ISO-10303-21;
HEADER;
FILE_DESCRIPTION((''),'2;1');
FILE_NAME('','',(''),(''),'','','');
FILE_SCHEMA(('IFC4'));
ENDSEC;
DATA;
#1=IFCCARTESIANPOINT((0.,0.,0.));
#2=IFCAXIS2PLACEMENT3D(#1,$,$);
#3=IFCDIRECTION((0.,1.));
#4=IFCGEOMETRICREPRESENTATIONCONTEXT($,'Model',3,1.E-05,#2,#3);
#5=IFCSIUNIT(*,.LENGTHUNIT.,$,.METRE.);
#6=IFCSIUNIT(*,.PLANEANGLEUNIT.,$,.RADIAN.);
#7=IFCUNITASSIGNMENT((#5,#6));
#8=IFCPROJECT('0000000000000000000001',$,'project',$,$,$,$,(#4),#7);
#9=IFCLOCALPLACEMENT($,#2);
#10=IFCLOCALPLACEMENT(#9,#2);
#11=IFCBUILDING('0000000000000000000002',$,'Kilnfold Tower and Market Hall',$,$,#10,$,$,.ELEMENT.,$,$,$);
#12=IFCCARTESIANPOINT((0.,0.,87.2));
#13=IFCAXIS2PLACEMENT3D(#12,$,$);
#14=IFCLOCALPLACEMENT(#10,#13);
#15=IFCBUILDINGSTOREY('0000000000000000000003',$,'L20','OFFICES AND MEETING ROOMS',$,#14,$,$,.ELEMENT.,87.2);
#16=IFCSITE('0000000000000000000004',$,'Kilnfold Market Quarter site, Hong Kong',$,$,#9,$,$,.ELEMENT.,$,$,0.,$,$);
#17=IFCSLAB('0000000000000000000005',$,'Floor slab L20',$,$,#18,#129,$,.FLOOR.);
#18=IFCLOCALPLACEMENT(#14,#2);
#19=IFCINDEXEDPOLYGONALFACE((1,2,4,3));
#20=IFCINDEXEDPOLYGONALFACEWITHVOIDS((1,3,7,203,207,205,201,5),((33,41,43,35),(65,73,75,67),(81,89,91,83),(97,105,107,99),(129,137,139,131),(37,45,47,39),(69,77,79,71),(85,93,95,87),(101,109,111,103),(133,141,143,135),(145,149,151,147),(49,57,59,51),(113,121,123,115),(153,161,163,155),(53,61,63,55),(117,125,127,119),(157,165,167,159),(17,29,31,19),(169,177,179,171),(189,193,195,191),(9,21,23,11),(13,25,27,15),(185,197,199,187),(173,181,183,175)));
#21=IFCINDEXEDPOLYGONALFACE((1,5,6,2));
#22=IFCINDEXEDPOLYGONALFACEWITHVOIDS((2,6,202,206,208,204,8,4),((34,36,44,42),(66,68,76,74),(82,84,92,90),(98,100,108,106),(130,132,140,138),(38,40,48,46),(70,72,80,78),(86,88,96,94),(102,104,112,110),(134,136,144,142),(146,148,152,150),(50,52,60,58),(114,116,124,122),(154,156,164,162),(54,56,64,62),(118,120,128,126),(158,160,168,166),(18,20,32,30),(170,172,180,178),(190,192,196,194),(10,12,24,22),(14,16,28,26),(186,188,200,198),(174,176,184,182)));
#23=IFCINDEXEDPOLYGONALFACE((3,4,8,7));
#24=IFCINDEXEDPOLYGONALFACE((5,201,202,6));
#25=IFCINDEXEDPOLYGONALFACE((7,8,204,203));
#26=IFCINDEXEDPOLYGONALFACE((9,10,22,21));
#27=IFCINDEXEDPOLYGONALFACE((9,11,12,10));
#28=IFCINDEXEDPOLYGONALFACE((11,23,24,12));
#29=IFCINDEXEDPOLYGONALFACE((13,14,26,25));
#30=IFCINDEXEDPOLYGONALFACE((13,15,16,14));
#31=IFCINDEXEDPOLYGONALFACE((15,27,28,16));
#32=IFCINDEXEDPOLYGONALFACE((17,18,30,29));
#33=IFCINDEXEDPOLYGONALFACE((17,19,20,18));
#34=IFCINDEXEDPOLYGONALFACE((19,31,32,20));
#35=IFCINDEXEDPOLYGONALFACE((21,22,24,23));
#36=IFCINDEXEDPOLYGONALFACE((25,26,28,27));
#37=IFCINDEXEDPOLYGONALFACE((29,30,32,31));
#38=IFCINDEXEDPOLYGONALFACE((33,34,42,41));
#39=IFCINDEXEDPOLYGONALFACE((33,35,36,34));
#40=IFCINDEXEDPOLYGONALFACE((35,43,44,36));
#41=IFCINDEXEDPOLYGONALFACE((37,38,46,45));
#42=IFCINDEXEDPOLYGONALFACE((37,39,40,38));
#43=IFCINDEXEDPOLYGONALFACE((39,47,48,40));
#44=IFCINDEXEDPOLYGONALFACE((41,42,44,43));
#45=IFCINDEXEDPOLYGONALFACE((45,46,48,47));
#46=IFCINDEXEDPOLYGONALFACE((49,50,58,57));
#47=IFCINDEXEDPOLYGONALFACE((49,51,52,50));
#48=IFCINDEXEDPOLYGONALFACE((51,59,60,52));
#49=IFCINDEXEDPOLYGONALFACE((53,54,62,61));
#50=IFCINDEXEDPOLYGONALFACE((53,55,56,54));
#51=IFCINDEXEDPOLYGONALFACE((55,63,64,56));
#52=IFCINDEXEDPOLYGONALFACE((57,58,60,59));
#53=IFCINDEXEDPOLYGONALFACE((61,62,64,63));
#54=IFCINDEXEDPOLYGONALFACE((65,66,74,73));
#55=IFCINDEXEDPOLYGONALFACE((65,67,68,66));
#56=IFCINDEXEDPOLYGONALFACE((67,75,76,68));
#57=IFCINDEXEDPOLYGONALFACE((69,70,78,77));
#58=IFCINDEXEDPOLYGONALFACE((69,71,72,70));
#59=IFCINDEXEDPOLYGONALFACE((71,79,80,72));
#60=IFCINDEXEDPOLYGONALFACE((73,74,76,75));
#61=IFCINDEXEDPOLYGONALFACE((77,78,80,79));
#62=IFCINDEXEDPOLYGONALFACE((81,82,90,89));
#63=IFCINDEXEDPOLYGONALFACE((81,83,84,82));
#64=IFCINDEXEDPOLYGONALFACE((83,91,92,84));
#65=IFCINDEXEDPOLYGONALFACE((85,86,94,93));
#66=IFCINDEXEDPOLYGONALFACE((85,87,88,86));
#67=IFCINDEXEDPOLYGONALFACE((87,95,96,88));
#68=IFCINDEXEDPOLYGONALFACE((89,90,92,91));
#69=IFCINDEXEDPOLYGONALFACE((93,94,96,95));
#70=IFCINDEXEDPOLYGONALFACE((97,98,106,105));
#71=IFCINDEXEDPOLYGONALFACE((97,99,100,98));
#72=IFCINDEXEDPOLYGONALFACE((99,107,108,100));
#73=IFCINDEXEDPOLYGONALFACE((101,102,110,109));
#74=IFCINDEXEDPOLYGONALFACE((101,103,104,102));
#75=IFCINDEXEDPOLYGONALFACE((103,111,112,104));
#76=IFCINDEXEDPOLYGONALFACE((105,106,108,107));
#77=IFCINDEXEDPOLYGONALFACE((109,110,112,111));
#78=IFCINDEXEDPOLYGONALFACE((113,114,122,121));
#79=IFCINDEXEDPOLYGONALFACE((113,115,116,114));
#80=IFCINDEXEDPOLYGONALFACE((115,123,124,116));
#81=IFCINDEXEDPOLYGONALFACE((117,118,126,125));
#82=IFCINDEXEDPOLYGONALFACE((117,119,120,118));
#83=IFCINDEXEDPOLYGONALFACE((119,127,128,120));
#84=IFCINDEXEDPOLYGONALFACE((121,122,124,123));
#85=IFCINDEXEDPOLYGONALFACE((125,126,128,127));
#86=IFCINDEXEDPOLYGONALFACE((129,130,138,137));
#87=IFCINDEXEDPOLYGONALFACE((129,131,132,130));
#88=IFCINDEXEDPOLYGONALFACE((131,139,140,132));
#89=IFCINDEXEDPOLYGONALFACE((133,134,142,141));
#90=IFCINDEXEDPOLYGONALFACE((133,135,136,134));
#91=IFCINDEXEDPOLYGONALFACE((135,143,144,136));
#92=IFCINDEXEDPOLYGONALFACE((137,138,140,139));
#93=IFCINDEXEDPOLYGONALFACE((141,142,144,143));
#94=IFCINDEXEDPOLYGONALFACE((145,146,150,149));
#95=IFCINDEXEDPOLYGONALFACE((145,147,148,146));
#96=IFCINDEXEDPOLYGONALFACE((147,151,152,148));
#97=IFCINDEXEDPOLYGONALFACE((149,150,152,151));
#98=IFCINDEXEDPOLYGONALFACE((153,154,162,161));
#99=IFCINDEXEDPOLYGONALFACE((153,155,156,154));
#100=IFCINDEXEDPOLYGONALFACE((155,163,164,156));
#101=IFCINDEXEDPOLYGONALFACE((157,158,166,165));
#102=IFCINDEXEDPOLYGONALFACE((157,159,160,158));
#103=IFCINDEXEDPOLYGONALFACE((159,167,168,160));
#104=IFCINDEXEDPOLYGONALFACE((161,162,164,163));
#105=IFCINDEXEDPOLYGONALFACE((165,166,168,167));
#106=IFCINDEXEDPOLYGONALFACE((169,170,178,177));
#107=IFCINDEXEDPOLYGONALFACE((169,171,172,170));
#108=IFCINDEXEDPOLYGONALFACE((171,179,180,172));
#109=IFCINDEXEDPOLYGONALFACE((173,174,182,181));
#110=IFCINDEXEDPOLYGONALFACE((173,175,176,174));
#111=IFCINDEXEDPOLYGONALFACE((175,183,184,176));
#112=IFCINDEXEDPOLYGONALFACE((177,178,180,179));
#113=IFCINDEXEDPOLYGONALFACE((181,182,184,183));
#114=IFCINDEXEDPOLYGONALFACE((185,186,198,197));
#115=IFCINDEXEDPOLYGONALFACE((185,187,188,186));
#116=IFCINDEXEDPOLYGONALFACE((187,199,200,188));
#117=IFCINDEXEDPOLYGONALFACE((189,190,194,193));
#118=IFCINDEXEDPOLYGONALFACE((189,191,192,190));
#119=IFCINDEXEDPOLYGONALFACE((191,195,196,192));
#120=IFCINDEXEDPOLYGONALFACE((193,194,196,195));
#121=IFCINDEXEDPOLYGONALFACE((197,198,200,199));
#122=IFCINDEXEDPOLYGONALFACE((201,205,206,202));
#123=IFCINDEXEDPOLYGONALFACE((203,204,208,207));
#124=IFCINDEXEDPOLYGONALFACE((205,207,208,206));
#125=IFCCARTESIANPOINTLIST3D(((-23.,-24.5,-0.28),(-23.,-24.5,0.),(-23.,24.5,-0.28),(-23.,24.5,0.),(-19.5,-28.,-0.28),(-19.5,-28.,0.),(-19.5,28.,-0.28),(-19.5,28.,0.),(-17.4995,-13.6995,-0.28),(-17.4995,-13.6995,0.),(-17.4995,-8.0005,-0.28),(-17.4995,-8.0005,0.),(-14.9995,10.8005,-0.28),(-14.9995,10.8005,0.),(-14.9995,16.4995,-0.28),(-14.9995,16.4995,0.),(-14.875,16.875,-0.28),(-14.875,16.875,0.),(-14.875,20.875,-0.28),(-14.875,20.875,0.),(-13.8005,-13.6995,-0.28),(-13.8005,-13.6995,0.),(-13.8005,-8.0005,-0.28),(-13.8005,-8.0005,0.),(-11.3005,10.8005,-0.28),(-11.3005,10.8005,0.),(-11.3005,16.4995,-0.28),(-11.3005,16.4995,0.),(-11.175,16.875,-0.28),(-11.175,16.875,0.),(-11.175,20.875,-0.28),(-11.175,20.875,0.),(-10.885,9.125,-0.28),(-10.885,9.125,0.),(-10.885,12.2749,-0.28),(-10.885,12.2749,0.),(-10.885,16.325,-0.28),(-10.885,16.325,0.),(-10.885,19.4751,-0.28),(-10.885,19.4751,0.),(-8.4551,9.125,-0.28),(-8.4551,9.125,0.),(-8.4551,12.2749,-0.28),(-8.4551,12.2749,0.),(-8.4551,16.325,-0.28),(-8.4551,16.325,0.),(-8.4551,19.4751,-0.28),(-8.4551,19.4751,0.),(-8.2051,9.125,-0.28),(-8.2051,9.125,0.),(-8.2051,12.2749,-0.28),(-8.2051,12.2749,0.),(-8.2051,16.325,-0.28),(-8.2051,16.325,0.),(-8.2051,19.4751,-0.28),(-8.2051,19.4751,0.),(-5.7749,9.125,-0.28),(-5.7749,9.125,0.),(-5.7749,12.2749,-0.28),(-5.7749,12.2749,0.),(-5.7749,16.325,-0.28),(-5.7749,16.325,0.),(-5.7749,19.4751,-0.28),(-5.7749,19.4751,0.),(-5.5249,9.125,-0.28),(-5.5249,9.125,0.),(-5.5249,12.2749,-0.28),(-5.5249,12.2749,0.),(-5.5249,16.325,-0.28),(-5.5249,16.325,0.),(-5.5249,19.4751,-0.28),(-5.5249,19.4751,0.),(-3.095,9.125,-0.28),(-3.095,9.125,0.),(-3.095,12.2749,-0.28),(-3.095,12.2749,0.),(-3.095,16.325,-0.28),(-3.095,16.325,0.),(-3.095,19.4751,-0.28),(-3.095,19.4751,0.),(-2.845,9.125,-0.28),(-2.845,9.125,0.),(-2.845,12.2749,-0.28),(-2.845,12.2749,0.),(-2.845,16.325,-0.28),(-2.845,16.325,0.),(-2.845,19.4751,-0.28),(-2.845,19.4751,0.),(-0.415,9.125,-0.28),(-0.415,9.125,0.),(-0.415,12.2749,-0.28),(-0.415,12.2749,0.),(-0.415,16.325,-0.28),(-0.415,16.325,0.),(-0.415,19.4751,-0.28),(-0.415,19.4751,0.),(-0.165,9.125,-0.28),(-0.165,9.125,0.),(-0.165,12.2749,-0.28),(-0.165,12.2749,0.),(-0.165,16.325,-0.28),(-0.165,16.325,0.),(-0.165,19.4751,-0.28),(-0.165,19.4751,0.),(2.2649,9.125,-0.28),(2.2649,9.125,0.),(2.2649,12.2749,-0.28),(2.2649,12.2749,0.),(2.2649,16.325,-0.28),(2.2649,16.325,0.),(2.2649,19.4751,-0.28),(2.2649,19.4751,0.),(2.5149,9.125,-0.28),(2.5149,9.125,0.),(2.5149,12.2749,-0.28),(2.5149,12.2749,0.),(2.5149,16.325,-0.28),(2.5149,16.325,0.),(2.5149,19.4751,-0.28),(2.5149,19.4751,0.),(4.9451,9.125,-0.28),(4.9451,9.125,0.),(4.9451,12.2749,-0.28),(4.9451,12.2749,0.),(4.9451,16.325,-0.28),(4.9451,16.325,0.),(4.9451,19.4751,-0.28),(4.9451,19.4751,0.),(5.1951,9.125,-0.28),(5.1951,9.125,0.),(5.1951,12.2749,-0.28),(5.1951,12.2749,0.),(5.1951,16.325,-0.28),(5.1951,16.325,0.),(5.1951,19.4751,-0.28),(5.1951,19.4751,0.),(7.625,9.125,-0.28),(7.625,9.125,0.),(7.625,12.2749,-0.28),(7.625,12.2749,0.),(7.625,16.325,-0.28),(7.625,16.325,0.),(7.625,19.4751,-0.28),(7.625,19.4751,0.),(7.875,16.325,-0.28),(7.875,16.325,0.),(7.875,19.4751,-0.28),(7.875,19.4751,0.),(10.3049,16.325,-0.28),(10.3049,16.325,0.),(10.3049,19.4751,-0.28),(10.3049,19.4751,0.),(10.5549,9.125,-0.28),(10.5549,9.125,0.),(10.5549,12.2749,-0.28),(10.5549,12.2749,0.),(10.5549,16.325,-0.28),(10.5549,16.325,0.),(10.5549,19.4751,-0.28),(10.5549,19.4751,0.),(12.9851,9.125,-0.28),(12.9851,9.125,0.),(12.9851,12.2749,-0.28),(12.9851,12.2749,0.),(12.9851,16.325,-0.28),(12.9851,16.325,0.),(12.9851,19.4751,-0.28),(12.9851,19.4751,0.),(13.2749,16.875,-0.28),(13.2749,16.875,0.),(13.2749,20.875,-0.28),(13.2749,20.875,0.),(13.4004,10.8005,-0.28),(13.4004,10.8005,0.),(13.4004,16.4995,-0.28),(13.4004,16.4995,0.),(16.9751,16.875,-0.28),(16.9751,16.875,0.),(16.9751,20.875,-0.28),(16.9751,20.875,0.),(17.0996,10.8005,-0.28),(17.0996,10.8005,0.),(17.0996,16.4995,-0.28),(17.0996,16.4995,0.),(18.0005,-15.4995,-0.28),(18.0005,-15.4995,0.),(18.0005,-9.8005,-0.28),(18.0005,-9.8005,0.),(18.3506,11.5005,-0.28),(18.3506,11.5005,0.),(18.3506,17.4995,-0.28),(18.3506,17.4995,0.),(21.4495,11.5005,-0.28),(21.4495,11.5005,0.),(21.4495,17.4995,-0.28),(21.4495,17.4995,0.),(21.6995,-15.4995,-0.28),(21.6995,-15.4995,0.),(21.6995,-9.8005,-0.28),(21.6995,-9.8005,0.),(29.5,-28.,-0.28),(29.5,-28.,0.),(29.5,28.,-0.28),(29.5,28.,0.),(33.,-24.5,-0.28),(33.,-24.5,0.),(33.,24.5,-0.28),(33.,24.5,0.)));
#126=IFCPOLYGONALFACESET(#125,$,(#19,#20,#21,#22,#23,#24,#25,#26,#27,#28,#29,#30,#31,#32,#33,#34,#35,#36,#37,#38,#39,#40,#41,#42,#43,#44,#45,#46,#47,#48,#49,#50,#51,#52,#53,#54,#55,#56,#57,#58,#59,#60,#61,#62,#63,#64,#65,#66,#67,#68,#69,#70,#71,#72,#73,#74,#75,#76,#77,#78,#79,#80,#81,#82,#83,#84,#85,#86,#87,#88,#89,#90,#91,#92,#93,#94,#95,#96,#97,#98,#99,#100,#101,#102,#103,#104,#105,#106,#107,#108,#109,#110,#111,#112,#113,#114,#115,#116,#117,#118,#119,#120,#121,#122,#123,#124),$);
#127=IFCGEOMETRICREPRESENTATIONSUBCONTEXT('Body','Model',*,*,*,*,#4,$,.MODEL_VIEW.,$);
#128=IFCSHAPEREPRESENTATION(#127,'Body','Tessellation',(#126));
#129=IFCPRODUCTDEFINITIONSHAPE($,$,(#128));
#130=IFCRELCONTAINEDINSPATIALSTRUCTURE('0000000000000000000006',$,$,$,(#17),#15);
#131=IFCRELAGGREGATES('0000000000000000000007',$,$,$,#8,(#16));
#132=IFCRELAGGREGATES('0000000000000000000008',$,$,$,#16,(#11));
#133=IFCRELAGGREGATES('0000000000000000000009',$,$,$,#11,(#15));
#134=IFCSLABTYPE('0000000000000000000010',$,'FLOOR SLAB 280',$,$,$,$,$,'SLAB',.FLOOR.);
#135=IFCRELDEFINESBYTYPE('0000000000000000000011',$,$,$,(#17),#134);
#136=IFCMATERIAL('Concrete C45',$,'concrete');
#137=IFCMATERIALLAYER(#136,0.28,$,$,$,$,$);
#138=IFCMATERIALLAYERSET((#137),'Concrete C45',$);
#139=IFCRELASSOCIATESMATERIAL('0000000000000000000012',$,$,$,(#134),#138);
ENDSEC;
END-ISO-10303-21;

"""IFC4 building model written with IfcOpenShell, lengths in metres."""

from ifc_helpers import new_model, si_unit, direction, frame, origin, place, context, subcontext, project, spatial, polyline, outline, extrude, source, transform, mapped, material, layer, layer_set, type_object, element, save


model = new_model("IFC4")

# Units and contexts
model_context = context("Model", 3, precision=1e-05, world=origin(), true_north=direction((0.0, 1.0)))
body_context = subcontext(model_context, "Body", "Model", "MODEL_VIEW")
ifc_project = project(units=[si_unit("LENGTHUNIT", "METRE"), si_unit("PLANEANGLEUNIT", "RADIAN")], contexts=[model_context])

# Site, building, storey
site_placement = place(None, origin())
site = spatial("IfcSite", under=ifc_project, at=site_placement, Name="Kilnfold Market Quarter site, Hong Kong", CompositionType="ELEMENT", RefElevation=0.0)
building_placement = place(site_placement, origin())
building = spatial("IfcBuilding", under=site, at=building_placement, Name="Kilnfold Tower and Market Hall", CompositionType="ELEMENT")
storey_placement = place(building_placement, frame((0.0, 0.0, 87.2)))
storey = spatial("IfcBuildingStorey", under=building, at=storey_placement, Name="L20", Description="OFFICES AND MEETING ROOMS", CompositionType="ELEMENT", Elevation=87.2)

# Slab
ifc_material_1 = material(Name="Concrete C45", Category="concrete")
ifc_layer_1 = layer(ifc_material_1, 0.28)
ifc_layer_set_1 = layer_set([ifc_layer_1], Name="Concrete C45")
slab_type_1 = type_object("IfcSlabType", Name="FLOOR SLAB 280", ElementType="SLAB", PredefinedType="FLOOR", material=ifc_layer_set_1)
shared_shape_1 = source(origin(), body_context, "Body", "SweptSolid", [
    extrude(outline(polyline([(-19.5, -28.0), (29.5, -28.0), (33.0, -24.5), (33.0, 24.5), (29.5, 28.0), (-19.5, 28.0), (-23.0, 24.5), (-23.0, -24.5), (-19.5, -28.0)]), holes=[polyline([(-13.8005, -13.6995), (-17.4995, -13.6995), (-17.4995, -8.0005), (-13.8005, -8.0005), (-13.8005, -13.6995)]), polyline([(-14.9995, 10.8005), (-14.9995, 16.4995), (-11.3005, 16.4995), (-11.3005, 10.8005), (-14.9995, 10.8005)]), polyline([(-14.875, 16.875), (-14.875, 20.875), (-11.175, 20.875), (-11.175, 16.875), (-14.875, 16.875)]), polyline([(-10.885, 9.125), (-10.885, 12.2749), (-8.4551, 12.2749), (-8.4551, 9.125), (-10.885, 9.125)]), polyline([(-8.4551, 16.325), (-10.885, 16.325), (-10.885, 19.4751), (-8.4551, 19.4751), (-8.4551, 16.325)]), polyline([(-8.2051, 9.125), (-8.2051, 12.2749), (-5.7749, 12.2749), (-5.7749, 9.125), (-8.2051, 9.125)]), polyline([(-8.2051, 16.325), (-8.2051, 19.4751), (-5.7749, 19.4751), (-5.7749, 16.325), (-8.2051, 16.325)]), polyline([(-3.095, 9.125), (-5.5249, 9.125), (-5.5249, 12.2749), (-3.095, 12.2749), (-3.095, 9.125)]), polyline([(-5.5249, 16.325), (-5.5249, 19.4751), (-3.095, 19.4751), (-3.095, 16.325), (-5.5249, 16.325)]), polyline([(-2.845, 9.125), (-2.845, 12.2749), (-0.415, 12.2749), (-0.415, 9.125), (-2.845, 9.125)]), polyline([(-0.415, 16.325), (-2.845, 16.325), (-2.845, 19.4751), (-0.415, 19.4751), (-0.415, 16.325)]), polyline([(-0.165, 9.125), (-0.165, 12.2749), (2.2649, 12.2749), (2.2649, 9.125), (-0.165, 9.125)]), polyline([(-0.165, 16.325), (-0.165, 19.4751), (2.2649, 19.4751), (2.2649, 16.325), (-0.165, 16.325)]), polyline([(2.5149, 9.125), (2.5149, 12.2749), (4.9451, 12.2749), (4.9451, 9.125), (2.5149, 9.125)]), polyline([(2.5149, 16.325), (2.5149, 19.4751), (4.9451, 19.4751), (4.9451, 16.325), (2.5149, 16.325)]), polyline([(7.625, 9.125), (5.1951, 9.125), (5.1951, 12.2749), (7.625, 12.2749), (7.625, 9.125)]), polyline([(5.1951, 16.325), (5.1951, 19.4751), (7.625, 19.4751), (7.625, 16.325), (5.1951, 16.325)]), polyline([(10.3049, 16.325), (7.875, 16.325), (7.875, 19.4751), (10.3049, 19.4751), (10.3049, 16.325)]), polyline([(10.5549, 9.125), (10.5549, 12.2749), (12.9851, 12.2749), (12.9851, 9.125), (10.5549, 9.125)]), polyline([(10.5549, 16.325), (10.5549, 19.4751), (12.9851, 19.4751), (12.9851, 16.325), (10.5549, 16.325)]), polyline([(13.2749, 16.875), (13.2749, 20.875), (16.9751, 20.875), (16.9751, 16.875), (13.2749, 16.875)]), polyline([(13.4004, 10.8005), (13.4004, 16.4995), (17.0996, 16.4995), (17.0996, 10.8005), (13.4004, 10.8005)]), polyline([(18.0005, -9.8005), (21.6995, -9.8005), (21.6995, -15.4995), (18.0005, -15.4995), (18.0005, -9.8005)]), polyline([(21.4495, 11.5005), (18.3506, 11.5005), (18.3506, 17.4995), (21.4495, 17.4995), (21.4495, 11.5005)])]), origin(), (0.0, 0.0, 1.0), 0.28),
])
slab_1_placement = place(storey_placement, frame((0.0, 0.0, -0.28)))
element("IfcSlab", 1, at=slab_1_placement, inside=storey, type_object=slab_type_1, Name="Floor slab L20", PredefinedType="FLOOR", context=body_context, shape_type="MappedRepresentation", body=[
    mapped(shared_shape_1, transform((0.0, 0.0, 0.0))),
])

save(model, "model.ifc")
